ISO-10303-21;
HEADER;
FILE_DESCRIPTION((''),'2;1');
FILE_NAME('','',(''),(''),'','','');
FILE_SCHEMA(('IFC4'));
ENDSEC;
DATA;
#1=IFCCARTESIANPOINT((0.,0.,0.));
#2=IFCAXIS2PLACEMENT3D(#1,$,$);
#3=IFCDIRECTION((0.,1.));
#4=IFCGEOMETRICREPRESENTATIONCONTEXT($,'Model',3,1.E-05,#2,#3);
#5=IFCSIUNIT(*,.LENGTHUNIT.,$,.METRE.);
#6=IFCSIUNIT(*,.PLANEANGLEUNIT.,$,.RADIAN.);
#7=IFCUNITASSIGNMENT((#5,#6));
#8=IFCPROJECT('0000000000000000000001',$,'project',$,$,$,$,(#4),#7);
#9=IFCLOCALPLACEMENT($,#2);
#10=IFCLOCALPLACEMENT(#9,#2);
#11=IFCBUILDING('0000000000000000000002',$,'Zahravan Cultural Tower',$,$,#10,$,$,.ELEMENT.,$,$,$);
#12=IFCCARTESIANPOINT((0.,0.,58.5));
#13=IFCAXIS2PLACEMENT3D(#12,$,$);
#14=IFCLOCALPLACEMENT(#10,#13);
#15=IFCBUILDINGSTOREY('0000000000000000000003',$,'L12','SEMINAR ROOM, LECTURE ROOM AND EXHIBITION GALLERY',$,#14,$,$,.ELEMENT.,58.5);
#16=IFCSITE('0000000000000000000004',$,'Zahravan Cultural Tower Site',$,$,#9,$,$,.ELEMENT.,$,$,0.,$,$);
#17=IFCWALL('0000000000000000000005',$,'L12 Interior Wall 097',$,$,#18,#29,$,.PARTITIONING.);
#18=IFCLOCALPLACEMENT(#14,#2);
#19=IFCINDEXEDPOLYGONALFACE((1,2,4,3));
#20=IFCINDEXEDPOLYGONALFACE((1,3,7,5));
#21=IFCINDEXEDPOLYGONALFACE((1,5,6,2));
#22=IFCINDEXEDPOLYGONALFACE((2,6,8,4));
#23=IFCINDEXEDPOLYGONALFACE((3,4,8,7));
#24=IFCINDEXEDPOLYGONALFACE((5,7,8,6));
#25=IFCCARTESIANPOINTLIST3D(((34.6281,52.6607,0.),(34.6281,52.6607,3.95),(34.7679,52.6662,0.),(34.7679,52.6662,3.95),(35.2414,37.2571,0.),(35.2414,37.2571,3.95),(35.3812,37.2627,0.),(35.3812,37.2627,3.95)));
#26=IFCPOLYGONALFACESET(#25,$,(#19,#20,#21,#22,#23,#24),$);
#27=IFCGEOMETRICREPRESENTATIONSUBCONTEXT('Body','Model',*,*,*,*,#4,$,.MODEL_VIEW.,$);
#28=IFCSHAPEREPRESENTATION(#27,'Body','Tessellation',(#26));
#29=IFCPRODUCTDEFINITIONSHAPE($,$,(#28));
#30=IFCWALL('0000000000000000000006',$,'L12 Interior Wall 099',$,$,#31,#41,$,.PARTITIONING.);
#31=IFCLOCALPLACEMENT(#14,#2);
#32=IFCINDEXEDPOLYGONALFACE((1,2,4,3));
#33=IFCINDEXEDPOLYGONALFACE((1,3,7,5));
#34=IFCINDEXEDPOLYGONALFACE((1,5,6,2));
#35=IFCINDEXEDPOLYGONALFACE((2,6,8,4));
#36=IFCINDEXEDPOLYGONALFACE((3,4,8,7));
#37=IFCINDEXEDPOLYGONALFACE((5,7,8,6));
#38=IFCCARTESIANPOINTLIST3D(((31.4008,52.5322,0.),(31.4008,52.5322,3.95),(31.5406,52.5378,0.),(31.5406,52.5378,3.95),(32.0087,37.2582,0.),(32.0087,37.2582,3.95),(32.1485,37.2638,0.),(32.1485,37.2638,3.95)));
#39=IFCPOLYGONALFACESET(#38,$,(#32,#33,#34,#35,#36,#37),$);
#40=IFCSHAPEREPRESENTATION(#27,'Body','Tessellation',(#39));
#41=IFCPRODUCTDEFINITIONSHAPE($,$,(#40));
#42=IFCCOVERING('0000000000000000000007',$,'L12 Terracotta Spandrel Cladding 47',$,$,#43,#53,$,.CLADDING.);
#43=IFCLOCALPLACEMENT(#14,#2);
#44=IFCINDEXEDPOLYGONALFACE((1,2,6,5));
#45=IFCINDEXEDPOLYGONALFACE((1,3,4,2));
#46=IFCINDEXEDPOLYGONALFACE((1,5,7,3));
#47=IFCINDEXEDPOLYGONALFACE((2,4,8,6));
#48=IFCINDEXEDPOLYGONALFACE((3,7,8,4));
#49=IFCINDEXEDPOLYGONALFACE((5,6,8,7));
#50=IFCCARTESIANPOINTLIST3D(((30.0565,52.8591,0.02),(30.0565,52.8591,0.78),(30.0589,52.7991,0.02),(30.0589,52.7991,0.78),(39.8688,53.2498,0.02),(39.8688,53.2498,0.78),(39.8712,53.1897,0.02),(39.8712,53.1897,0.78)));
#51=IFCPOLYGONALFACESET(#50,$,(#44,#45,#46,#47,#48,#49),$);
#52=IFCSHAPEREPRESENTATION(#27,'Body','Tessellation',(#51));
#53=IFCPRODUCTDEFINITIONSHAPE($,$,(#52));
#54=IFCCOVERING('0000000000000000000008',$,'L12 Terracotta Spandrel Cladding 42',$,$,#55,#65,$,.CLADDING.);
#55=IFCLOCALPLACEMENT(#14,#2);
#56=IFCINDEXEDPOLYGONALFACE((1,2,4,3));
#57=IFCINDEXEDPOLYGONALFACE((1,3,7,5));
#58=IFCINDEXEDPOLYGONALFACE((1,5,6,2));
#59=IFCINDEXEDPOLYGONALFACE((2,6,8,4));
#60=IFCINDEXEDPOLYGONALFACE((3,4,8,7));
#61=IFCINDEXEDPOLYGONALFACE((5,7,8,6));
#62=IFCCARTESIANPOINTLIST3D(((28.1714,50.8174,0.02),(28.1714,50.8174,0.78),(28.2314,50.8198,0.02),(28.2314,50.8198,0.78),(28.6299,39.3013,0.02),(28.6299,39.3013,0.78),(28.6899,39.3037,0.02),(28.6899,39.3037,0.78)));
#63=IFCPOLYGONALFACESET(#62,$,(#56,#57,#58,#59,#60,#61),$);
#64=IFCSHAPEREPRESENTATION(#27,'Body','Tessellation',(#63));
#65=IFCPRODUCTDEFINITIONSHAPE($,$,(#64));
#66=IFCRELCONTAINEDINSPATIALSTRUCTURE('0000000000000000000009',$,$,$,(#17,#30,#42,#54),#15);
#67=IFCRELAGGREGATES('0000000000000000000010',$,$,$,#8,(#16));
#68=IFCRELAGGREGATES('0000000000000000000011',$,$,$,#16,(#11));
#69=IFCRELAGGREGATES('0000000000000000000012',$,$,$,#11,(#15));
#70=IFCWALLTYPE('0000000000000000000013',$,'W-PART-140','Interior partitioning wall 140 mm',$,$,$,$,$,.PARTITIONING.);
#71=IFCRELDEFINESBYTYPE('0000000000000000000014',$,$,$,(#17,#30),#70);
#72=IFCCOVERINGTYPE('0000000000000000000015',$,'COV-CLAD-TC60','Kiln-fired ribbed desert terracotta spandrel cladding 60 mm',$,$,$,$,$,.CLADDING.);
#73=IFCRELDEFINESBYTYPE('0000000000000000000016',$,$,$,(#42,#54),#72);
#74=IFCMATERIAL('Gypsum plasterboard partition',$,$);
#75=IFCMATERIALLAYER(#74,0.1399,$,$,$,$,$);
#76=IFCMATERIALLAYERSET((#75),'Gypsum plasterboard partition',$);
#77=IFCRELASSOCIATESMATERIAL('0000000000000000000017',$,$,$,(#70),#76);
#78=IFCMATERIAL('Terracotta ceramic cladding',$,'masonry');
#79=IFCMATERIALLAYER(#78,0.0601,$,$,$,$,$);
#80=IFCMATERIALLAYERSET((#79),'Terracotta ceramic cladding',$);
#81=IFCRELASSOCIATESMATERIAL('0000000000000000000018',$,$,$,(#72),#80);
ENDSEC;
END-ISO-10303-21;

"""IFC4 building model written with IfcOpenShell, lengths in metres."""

from ifc_helpers import new_model, si_unit, direction, frame, frame_2d, origin, origin_2d, place, context, subcontext, project, spatial, rectangle, extrude, source, transform, mapped, material, layer, layer_set, type_object, element, save


model = new_model("IFC4")

# Units and contexts
model_context = context("Model", 3, precision=1e-05, world=origin(), true_north=direction((0.0, 1.0)))
body_context = subcontext(model_context, "Body", "Model", "MODEL_VIEW")
ifc_project = project(units=[si_unit("LENGTHUNIT", "METRE"), si_unit("PLANEANGLEUNIT", "RADIAN")], contexts=[model_context])

# Site, building, storey
site_placement = place(None, origin())
site = spatial("IfcSite", under=ifc_project, at=site_placement, Name="Zahravan Cultural Tower Site", CompositionType="ELEMENT", RefElevation=0.0)
building_placement = place(site_placement, origin())
building = spatial("IfcBuilding", under=site, at=building_placement, Name="Zahravan Cultural Tower", CompositionType="ELEMENT")
storey_placement = place(building_placement, frame((0.0, 0.0, 58.5)))
storey = spatial("IfcBuildingStorey", under=building, at=storey_placement, Name="L12", Description="SEMINAR ROOM, LECTURE ROOM AND EXHIBITION GALLERY", CompositionType="ELEMENT", Elevation=58.5)

# Shared definitions
ifc_material_1 = material(Name="Gypsum plasterboard partition")
ifc_layer_1 = layer(ifc_material_1, 0.1399)
ifc_layer_set_1 = layer_set([ifc_layer_1], Name="Gypsum plasterboard partition")
wall_type_1 = type_object("IfcWallType", Name="W-PART-140", Description="Interior partitioning wall 140 mm", PredefinedType="PARTITIONING", material=ifc_layer_set_1)

# Walls
shared_shape_1 = source(origin(), body_context, "Body", "SweptSolid", [
    extrude(rectangle(XDim=15.4158, YDim=0.1399, at=frame_2d((7.708, 0.0))), origin(), (0.0, 0.0, 1.0), 3.95),
])
wall_1_placement = place(storey_placement, frame((34.698, 52.6636, 0.0), z_axis=(0.0, 0.0, 1.0), x_axis=(0.039783, -0.999208, 0.0)))
element("IfcWall", 1, at=wall_1_placement, inside=storey, type_object=wall_type_1, Name="L12 Interior Wall 097", PredefinedType="PARTITIONING", context=body_context, shape_type="MappedRepresentation", body=[
    mapped(shared_shape_1, transform((0.0, 0.0, 0.0), x_axis=(1.0, 0.0, 0.0), y_axis=(0.0, 1.0, 0.0), z_axis=(0.0, 0.0, 1.0), scale=1.0)),
])
shared_shape_2 = source(origin(), body_context, "Body", "SweptSolid", [
    extrude(rectangle(XDim=15.2861, YDim=0.1399, at=frame_2d((7.6431, 0.0))), origin(), (0.0, 0.0, 1.0), 3.95),
])
wall_2_placement = place(storey_placement, frame((32.0786, 37.261, 0.0), z_axis=(0.0, 0.0, 1.0), x_axis=(-0.039769, 0.999209, 0.0)))
element("IfcWall", 2, at=wall_2_placement, inside=storey, type_object=wall_type_1, Name="L12 Interior Wall 099", PredefinedType="PARTITIONING", context=body_context, shape_type="MappedRepresentation", body=[
    mapped(shared_shape_2, transform((0.0, 0.0, 0.0), x_axis=(1.0, 0.0, 0.0), y_axis=(0.0, 1.0, 0.0), z_axis=(0.0, 0.0, 1.0), scale=1.0)),
])

# Coverings
ifc_material_2 = material(Name="Terracotta ceramic cladding", Category="masonry")
ifc_layer_2 = layer(ifc_material_2, 0.0601)
ifc_layer_set_2 = layer_set([ifc_layer_2], Name="Terracotta ceramic cladding")
covering_type = type_object("IfcCoveringType", Name="COV-CLAD-TC60", Description="Kiln-fired ribbed desert terracotta spandrel cladding 60 mm", PredefinedType="CLADDING", material=ifc_layer_set_2)
shared_shape_3 = source(origin(), body_context, "Body", "SweptSolid", [
    extrude(rectangle(XDim=9.8201, YDim=0.0601, at=origin_2d()), origin(), (0.0, 0.0, 1.0), 0.76),
])
covering_1_placement = place(storey_placement, frame((34.9639, 53.0244, 0.02), z_axis=(0.0, 0.0, 1.0), x_axis=(0.999208, 0.039783, 0.0)))
element("IfcCovering", 3, at=covering_1_placement, inside=storey, type_object=covering_type, Name="L12 Terracotta Spandrel Cladding 47", PredefinedType="CLADDING", context=body_context, shape_type="MappedRepresentation", body=[
    mapped(shared_shape_3, transform((0.0, 0.0, 0.0), x_axis=(1.0, 0.0, 0.0), y_axis=(0.0, 1.0, 0.0), z_axis=(0.0, 0.0, 1.0), scale=1.0)),
])
shared_shape_4 = source(origin(), body_context, "Body", "SweptSolid", [
    extrude(rectangle(XDim=11.5251, YDim=0.0601, at=origin_2d()), origin(), (0.0, 0.0, 1.0), 0.76),
])
covering_2_placement = place(storey_placement, frame((28.4307, 45.0605, 0.02), z_axis=(0.0, 0.0, 1.0), x_axis=(-0.039783, 0.999208, 0.0)))
element("IfcCovering", 4, at=covering_2_placement, inside=storey, type_object=covering_type, Name="L12 Terracotta Spandrel Cladding 42", PredefinedType="CLADDING", context=body_context, shape_type="MappedRepresentation", body=[
    mapped(shared_shape_4, transform((0.0, 0.0, 0.0), x_axis=(1.0, 0.0, 0.0), y_axis=(0.0, 1.0, 0.0), z_axis=(0.0, 0.0, 1.0), scale=1.0)),
])

save(model, "model.ifc")
